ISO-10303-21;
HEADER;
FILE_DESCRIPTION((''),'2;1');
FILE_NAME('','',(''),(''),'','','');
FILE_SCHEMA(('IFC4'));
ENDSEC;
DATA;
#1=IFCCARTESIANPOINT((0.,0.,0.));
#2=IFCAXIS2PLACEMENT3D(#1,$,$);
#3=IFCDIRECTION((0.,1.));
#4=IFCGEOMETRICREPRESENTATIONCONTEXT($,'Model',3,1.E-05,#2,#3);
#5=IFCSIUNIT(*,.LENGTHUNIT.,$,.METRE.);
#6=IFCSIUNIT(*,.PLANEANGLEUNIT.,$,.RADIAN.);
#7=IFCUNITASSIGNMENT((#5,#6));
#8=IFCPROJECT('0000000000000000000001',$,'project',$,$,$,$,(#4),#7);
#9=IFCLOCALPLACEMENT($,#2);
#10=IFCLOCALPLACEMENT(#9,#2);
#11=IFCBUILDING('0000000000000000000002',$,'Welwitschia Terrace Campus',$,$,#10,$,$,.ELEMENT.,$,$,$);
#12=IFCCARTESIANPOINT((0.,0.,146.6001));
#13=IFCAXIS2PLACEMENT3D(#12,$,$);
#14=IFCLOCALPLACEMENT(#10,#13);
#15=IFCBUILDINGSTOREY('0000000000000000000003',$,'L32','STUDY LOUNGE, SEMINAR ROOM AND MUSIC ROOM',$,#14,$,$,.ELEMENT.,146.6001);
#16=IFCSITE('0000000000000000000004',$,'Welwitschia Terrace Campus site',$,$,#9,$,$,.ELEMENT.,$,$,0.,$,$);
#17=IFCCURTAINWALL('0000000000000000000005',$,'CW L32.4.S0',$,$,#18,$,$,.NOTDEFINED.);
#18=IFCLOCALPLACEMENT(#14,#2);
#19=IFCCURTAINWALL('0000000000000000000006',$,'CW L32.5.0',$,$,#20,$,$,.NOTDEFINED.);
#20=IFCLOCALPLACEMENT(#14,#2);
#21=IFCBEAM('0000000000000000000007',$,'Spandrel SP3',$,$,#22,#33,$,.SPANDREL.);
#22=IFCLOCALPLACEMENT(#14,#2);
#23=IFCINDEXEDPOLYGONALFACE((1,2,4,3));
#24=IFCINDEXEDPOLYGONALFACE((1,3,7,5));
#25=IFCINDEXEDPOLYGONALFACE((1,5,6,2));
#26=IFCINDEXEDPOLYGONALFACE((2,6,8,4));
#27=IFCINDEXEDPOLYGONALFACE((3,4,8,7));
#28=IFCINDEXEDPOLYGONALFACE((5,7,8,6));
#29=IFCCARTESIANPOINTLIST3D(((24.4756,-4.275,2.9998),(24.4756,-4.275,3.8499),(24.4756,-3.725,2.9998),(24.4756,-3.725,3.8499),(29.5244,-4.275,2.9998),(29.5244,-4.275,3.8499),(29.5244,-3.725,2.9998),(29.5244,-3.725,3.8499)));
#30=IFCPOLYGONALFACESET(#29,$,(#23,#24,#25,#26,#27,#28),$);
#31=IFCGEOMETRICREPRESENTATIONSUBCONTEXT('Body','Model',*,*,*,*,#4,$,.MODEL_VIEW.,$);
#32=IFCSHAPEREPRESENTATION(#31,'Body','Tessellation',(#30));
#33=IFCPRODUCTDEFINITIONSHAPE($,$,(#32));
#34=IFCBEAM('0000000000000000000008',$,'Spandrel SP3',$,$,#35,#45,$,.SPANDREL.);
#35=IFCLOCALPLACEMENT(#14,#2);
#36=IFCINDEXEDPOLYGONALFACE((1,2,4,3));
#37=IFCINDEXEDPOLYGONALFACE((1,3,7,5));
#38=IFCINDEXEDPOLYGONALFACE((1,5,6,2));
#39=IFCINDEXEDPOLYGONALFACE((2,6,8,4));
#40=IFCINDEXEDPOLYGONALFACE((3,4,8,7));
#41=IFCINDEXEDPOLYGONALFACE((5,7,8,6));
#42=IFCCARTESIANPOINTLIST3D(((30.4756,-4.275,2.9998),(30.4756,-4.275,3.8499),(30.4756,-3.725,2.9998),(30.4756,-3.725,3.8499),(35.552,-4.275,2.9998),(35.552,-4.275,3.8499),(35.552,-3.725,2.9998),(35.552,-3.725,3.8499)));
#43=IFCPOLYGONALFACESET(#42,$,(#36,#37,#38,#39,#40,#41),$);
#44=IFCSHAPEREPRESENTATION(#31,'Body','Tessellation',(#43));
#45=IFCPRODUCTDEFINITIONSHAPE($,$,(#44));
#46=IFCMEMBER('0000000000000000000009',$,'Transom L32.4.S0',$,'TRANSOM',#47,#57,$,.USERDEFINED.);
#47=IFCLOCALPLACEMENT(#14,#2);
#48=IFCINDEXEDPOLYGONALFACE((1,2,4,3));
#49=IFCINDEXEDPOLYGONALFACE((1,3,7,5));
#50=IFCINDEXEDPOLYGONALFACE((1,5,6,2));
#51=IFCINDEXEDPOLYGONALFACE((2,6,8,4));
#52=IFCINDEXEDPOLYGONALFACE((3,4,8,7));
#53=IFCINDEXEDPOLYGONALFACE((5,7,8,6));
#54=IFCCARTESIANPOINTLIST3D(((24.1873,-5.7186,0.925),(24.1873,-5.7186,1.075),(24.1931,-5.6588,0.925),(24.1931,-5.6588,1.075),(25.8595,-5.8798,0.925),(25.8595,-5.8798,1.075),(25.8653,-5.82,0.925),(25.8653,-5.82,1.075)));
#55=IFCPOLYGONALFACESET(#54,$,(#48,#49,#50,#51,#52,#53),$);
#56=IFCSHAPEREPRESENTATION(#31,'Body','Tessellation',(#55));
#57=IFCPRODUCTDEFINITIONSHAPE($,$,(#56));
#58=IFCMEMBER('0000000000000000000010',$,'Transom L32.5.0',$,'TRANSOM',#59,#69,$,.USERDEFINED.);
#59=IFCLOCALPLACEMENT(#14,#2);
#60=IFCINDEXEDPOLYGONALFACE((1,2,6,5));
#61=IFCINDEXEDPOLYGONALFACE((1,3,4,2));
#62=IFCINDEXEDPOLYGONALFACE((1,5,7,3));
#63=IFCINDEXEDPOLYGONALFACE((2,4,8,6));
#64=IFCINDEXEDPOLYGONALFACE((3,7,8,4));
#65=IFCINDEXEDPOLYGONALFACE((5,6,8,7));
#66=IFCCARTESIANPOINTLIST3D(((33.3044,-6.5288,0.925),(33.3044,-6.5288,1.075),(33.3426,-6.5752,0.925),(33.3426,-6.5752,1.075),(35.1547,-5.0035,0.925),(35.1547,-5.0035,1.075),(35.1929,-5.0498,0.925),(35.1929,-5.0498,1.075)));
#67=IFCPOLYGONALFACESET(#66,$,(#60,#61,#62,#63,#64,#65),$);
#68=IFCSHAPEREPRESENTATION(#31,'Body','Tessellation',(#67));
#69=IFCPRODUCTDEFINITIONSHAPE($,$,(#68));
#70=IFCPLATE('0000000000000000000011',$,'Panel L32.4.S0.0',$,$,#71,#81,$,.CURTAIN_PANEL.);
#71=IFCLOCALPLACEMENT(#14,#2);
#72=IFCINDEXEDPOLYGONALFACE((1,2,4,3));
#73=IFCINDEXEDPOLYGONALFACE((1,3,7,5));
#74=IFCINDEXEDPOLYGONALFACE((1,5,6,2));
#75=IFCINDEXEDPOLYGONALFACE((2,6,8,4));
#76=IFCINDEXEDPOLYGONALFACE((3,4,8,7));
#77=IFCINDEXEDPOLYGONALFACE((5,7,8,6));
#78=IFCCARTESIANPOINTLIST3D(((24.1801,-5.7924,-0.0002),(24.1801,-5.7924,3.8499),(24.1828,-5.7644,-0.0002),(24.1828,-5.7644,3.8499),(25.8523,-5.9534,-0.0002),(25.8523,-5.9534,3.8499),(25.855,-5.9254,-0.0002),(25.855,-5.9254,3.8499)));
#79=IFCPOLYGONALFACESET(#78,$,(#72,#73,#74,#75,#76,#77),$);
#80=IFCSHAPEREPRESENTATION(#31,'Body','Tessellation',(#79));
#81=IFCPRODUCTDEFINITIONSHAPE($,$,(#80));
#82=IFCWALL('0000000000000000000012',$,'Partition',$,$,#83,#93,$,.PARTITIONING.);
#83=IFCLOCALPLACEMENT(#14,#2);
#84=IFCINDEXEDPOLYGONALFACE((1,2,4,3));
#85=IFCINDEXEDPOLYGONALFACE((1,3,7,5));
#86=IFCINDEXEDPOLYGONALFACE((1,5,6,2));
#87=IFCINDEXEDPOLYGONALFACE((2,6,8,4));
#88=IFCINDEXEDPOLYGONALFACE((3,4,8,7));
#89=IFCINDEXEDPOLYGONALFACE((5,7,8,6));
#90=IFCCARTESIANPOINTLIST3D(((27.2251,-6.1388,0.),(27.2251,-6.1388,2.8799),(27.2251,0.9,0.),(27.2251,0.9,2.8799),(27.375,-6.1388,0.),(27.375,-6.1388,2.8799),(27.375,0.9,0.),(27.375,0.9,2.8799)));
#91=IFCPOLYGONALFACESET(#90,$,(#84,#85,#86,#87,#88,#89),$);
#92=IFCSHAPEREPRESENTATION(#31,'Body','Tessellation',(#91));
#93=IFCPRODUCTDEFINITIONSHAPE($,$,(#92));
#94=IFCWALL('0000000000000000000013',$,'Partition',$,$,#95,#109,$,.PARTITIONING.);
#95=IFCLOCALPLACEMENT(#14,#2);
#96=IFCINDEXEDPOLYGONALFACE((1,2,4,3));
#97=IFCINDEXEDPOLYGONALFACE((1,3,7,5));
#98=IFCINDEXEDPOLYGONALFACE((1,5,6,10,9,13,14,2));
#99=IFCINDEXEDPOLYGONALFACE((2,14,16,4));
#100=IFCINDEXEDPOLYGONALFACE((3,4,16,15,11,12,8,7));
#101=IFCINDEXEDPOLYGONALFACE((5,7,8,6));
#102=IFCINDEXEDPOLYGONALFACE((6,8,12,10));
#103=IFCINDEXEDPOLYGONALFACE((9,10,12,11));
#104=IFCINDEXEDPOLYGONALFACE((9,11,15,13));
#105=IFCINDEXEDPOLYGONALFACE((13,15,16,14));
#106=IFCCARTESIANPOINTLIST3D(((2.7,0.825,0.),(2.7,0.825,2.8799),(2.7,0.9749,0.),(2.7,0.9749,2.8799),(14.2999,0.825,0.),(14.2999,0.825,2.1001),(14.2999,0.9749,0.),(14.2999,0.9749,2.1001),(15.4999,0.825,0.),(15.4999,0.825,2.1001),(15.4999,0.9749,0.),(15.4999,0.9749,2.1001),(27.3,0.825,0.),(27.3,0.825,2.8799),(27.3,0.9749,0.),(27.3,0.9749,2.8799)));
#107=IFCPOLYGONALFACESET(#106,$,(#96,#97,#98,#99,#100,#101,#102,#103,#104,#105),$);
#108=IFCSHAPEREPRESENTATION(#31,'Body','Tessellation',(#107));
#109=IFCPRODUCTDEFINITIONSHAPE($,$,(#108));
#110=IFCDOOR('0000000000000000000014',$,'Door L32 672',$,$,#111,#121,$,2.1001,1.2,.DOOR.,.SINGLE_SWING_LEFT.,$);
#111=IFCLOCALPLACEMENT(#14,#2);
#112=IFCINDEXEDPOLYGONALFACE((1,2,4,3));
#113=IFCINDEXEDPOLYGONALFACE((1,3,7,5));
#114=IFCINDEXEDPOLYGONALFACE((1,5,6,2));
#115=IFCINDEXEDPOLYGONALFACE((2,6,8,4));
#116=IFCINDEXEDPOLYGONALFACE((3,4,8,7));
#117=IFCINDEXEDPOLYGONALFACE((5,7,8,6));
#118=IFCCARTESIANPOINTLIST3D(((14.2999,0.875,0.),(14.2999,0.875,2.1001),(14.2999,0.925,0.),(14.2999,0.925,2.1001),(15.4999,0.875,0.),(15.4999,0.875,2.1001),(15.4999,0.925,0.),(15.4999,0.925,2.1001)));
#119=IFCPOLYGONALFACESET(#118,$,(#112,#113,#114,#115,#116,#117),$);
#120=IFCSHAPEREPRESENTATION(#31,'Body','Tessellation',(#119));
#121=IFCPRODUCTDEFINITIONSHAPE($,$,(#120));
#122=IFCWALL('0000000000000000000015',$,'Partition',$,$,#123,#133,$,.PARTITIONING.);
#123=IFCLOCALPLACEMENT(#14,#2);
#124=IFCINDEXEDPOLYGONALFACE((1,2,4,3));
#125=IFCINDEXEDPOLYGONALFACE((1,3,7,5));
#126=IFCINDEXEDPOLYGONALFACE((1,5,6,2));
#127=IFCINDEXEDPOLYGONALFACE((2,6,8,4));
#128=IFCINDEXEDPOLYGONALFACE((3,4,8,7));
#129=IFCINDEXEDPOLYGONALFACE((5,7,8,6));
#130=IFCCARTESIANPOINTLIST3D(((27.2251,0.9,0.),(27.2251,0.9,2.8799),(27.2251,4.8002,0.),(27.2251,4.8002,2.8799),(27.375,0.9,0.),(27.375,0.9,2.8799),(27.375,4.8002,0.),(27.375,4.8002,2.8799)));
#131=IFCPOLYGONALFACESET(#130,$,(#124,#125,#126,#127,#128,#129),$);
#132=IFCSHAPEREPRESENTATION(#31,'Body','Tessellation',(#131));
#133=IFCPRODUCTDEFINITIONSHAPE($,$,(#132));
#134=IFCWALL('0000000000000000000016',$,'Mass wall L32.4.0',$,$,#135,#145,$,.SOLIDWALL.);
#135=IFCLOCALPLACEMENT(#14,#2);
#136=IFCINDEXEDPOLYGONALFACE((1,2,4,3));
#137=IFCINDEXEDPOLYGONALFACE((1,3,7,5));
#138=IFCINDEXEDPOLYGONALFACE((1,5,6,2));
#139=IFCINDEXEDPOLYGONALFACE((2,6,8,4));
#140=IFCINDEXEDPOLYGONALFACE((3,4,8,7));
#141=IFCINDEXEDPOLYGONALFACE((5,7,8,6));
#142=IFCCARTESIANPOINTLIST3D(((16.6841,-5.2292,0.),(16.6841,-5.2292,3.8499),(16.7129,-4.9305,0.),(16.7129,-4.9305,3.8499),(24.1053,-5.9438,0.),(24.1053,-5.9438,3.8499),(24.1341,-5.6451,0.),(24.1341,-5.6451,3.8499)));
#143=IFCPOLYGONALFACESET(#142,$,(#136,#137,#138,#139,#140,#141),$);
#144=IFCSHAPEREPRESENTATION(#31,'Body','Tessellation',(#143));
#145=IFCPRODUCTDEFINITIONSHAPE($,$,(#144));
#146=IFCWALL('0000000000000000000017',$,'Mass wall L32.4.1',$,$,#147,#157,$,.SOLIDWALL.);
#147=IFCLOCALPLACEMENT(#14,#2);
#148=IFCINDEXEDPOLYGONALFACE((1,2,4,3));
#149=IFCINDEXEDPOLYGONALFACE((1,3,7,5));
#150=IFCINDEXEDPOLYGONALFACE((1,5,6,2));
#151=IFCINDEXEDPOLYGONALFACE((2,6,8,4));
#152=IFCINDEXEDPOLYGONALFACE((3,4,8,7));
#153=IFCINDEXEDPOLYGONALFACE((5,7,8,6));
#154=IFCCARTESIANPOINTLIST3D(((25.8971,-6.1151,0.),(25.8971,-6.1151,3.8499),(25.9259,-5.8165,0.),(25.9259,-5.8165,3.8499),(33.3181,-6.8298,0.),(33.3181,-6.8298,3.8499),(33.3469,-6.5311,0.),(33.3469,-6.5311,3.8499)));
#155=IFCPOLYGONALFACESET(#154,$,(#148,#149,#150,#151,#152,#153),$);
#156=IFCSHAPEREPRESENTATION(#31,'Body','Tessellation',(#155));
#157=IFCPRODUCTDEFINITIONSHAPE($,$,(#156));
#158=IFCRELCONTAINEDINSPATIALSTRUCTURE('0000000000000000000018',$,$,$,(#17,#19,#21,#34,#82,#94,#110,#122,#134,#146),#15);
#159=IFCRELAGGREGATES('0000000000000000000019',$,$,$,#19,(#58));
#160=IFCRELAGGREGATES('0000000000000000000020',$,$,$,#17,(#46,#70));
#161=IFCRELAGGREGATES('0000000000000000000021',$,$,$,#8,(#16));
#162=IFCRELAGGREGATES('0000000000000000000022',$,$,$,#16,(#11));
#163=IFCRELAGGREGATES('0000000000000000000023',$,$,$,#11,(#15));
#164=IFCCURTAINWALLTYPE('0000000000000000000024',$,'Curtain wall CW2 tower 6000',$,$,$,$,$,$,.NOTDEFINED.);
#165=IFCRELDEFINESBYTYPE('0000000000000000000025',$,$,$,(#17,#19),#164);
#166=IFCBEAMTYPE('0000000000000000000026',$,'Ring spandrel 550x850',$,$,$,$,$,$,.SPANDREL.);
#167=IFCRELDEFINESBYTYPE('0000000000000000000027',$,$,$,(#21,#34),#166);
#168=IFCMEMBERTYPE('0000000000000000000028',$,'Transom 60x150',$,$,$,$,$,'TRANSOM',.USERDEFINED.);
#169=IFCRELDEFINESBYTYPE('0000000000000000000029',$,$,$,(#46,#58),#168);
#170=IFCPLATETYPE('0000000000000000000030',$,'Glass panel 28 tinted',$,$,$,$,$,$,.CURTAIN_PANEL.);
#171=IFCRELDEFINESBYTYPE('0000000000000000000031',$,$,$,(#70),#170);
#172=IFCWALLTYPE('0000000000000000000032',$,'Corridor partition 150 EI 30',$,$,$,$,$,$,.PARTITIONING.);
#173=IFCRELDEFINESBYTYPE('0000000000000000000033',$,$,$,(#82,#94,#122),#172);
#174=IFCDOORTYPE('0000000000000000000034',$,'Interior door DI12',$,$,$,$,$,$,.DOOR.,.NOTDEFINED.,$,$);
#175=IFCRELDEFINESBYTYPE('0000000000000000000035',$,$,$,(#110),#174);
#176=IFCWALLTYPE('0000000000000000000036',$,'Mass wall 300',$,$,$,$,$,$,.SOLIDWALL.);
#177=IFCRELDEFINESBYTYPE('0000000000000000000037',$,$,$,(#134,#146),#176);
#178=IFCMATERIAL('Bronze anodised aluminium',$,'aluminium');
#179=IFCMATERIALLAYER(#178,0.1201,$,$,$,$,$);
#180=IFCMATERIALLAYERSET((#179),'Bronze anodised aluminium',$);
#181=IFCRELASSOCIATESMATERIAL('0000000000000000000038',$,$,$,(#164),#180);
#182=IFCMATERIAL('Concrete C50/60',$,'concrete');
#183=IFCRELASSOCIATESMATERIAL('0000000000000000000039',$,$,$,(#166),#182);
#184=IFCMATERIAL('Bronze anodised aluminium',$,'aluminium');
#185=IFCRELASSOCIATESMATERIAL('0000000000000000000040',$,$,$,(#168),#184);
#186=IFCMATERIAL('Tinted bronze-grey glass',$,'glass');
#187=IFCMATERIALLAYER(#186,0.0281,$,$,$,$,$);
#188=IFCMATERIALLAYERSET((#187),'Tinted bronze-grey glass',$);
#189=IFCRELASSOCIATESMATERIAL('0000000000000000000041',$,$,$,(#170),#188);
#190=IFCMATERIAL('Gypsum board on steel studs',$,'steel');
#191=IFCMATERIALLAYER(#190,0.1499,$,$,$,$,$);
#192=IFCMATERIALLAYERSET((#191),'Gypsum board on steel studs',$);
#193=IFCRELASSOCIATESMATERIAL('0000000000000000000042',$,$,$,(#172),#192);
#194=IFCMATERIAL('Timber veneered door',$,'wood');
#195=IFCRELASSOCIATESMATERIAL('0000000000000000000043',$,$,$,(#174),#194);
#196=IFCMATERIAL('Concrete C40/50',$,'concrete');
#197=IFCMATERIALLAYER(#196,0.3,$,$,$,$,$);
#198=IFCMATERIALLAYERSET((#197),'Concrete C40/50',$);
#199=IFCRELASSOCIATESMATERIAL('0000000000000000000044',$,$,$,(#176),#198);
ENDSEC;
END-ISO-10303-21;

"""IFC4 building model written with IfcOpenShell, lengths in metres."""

from ifc_helpers import new_model, si_unit, direction, frame, frame_2d, origin, origin_2d, place, context, subcontext, project, spatial, rectangle, extrude, material, layer, layer_set, material_profile, profile_set, type_object, element, fill, aggregate, save


model = new_model("IFC4")

# Units and contexts
model_context = context("Model", 3, precision=1e-05, world=origin(), true_north=direction((0.0, 1.0)))
body_context = subcontext(model_context, "Body", "Model", "MODEL_VIEW")
ifc_project = project(units=[si_unit("LENGTHUNIT", "METRE"), si_unit("PLANEANGLEUNIT", "RADIAN")], contexts=[model_context])

# Site, building, storey
site_placement = place(None, origin())
site = spatial("IfcSite", under=ifc_project, at=site_placement, Name="Welwitschia Terrace Campus site", CompositionType="ELEMENT", RefElevation=0.0)
building_placement = place(site_placement, origin())
building = spatial("IfcBuilding", under=site, at=building_placement, Name="Welwitschia Terrace Campus", CompositionType="ELEMENT")
storey_placement = place(building_placement, frame((0.0, 0.0, 146.6001)))
storey = spatial("IfcBuildingStorey", under=building, at=storey_placement, Name="L32", Description="STUDY LOUNGE, SEMINAR ROOM AND MUSIC ROOM", CompositionType="ELEMENT", Elevation=146.6001)

# Curtain wall
ifc_material_1 = material(Name="Bronze anodised aluminium", Category="aluminium")
ifc_layer_1 = layer(ifc_material_1, 0.1201)
ifc_layer_set_1 = layer_set([ifc_layer_1], Name="Bronze anodised aluminium")
curtain_wall_type = type_object("IfcCurtainWallType", Name="Curtain wall CW2 tower 6000", PredefinedType="NOTDEFINED", material=ifc_layer_set_1)
curtain_wall_1_placement = place(storey_placement, origin())
curtain_wall_1 = element("IfcCurtainWall", 1, at=curtain_wall_1_placement, inside=storey, type_object=curtain_wall_type, Name="CW L32.4.S0", PredefinedType="NOTDEFINED")

# Curtain wall
curtain_wall_2_placement = place(storey_placement, origin())
curtain_wall_2 = element("IfcCurtainWall", 2, at=curtain_wall_2_placement, inside=storey, type_object=curtain_wall_type, Name="CW L32.5.0", PredefinedType="NOTDEFINED")

# Beams
ifc_material_2 = material(Name="Concrete C50/60", Category="concrete")
ifc_material_profile_1 = material_profile(ifc_material_2, rectangle(XDim=0.55, YDim=0.8501, at=origin_2d()))
ifc_profile_set_1 = profile_set([ifc_material_profile_1], Name="Concrete C50/60")
beam_type_1 = type_object("IfcBeamType", Name="Ring spandrel 550x850", PredefinedType="SPANDREL", material=ifc_profile_set_1)
for number, where, z_axis, x_axis, name in (
    (3, (24.4756, -4.0, 3.4248), (1.0, 0.0, 0.0), (0.0, 1.0, 0.0), "Spandrel SP3"),
):
    element("IfcBeam", number, at=place(storey_placement, frame(where, z_axis=z_axis, x_axis=x_axis)), inside=storey, type_object=beam_type_1, Name=name, PredefinedType="SPANDREL", context=body_context, shape_type="SweptSolid", body=[
        extrude(rectangle(XDim=0.55, YDim=0.8501, at=origin_2d()), origin(), (0.0, 0.0, 1.0), 5.0488),
    ])
beam_1_placement = place(storey_placement, frame((30.4756, -4.0, 3.4248), z_axis=(1.0, 0.0, 0.0), x_axis=(0.0, 1.0, 0.0)))
element("IfcBeam", 4, at=beam_1_placement, inside=storey, type_object=beam_type_1, Name="Spandrel SP3", PredefinedType="SPANDREL", context=body_context, shape_type="SweptSolid", body=[
    extrude(rectangle(XDim=0.55, YDim=0.8501, at=origin_2d()), origin(), (0.0, 0.0, 1.0), 5.0764),
])

# Members
ifc_material_3 = material(Name="Bronze anodised aluminium", Category="aluminium")
ifc_material_profile_2 = material_profile(ifc_material_3, rectangle(XDim=0.0601, YDim=0.1499, at=origin_2d()))
ifc_profile_set_2 = profile_set([ifc_material_profile_2], Name="Bronze anodised aluminium")
member_type_1 = type_object("IfcMemberType", Name="Transom 60x150", ElementType="TRANSOM", PredefinedType="USERDEFINED", material=ifc_profile_set_2)
member_1_placement = place(storey_placement, frame((24.1902, -5.6887, 1.0), z_axis=(0.995389, -0.09592, 0.0), x_axis=(0.09592, 0.995389, 0.0)))
member_1 = element("IfcMember", 5, at=member_1_placement, type_object=member_type_1, Name="Transom L32.4.S0", ObjectType="TRANSOM", PredefinedType="USERDEFINED", context=body_context, shape_type="SweptSolid", body=[
    extrude(rectangle(XDim=0.0601, YDim=0.1499, at=origin_2d()), origin(), (0.0, 0.0, 1.0), 1.6799),
])
member_2_placement = place(storey_placement, frame((33.3235, -6.552, 1.0), z_axis=(0.771607, 0.6361, 0.0), x_axis=(-0.6361, 0.771607, 0.0)))
member_2 = element("IfcMember", 6, at=member_2_placement, type_object=member_type_1, Name="Transom L32.5.0", ObjectType="TRANSOM", PredefinedType="USERDEFINED", context=body_context, shape_type="SweptSolid", body=[
    extrude(rectangle(XDim=0.0601, YDim=0.1499, at=origin_2d()), origin(), (0.0, 0.0, 1.0), 2.3979),
])
aggregate(curtain_wall_2, [member_2])

# Plate
ifc_material_4 = material(Name="Tinted bronze-grey glass", Category="glass")
ifc_layer_2 = layer(ifc_material_4, 0.0281)
ifc_layer_set_2 = layer_set([ifc_layer_2], Name="Tinted bronze-grey glass")
plate_type = type_object("IfcPlateType", Name="Glass panel 28 tinted", PredefinedType="CURTAIN_PANEL", material=ifc_layer_set_2)
plate_placement = place(storey_placement, frame((25.0176, -5.8589, -0.0002), z_axis=(0.0, 0.0, 1.0), x_axis=(0.995396, -0.095846, 0.0)))
plate = element("IfcPlate", 7, at=plate_placement, type_object=plate_type, Name="Panel L32.4.S0.0", PredefinedType="CURTAIN_PANEL", context=body_context, shape_type="SweptSolid", body=[
    extrude(rectangle(XDim=1.6799, YDim=0.0281, at=origin_2d()), origin(), (0.0, 0.0, 1.0), 3.8501),
])
aggregate(curtain_wall_1, [member_1, plate])

# Wall
ifc_material_5 = material(Name="Gypsum board on steel studs", Category="steel")
ifc_layer_3 = layer(ifc_material_5, 0.1499)
ifc_layer_set_3 = layer_set([ifc_layer_3], Name="Gypsum board on steel studs")
wall_type_1 = type_object("IfcWallType", Name="Corridor partition 150 EI 30", PredefinedType="PARTITIONING", material=ifc_layer_set_3)
wall_1_placement = place(storey_placement, frame((27.3, -6.1389, 0.0), z_axis=(0.0, 0.0, 1.0), x_axis=(0.0, 1.0, 0.0)))
element("IfcWall", 8, at=wall_1_placement, inside=storey, type_object=wall_type_1, Name="Partition", PredefinedType="PARTITIONING", context=body_context, shape_type="SweptSolid", body=[
    extrude(rectangle(XDim=7.0388, YDim=0.1499, at=frame_2d((3.5195, 0.0))), origin(), (0.0, 0.0, 1.0), 2.8799),
])

# Wall, opening, door
wall_2_placement = place(storey_placement, frame((27.3, 0.8999, 0.0), z_axis=(0.0, 0.0, 1.0), x_axis=(-1.0, 0.0, 0.0)))
wall_2 = element("IfcWall", 9, at=wall_2_placement, inside=storey, type_object=wall_type_1, Name="Partition", PredefinedType="PARTITIONING", context=body_context, shape_type="SweptSolid", body=[
    extrude(rectangle(XDim=24.6001, YDim=0.1499, at=frame_2d((12.3, 0.0))), origin(), (0.0, 0.0, 1.0), 2.8799),
])
opening_placement = place(wall_2_placement, frame((11.8, 0.0, 0.0)))
opening = element("IfcOpeningElement", 10, at=opening_placement, cuts=wall_2, PredefinedType="OPENING", context=body_context, shape_type="SweptSolid", body=[
    extrude(rectangle(XDim=1.2, YDim=2.1001, at=frame_2d((0.6001, 1.05))), frame((0.0, 0.085, 0.0), z_axis=(0.0, -1.0, 0.0), x_axis=(1.0, 0.0, 0.0)), (0.0, 0.0, 1.0), 0.1699),
])
ifc_material_6 = material(Name="Timber veneered door", Category="wood")
door_type = type_object("IfcDoorType", Name="Interior door DI12", OperationType="NOTDEFINED", PredefinedType="DOOR", material=ifc_material_6)
door_placement = place(opening_placement, origin())
door = element("IfcDoor", 11, at=door_placement, inside=storey, type_object=door_type, Name="Door L32 672", OperationType="SINGLE_SWING_LEFT", OverallHeight=2.1001, OverallWidth=1.2, PredefinedType="DOOR", context=body_context, shape_type="SweptSolid", body=[
    extrude(rectangle(XDim=1.2, YDim=2.1001, at=frame_2d((0.6001, 1.05))), frame((0.0, 0.0249, 0.0), z_axis=(0.0, -1.0, 0.0), x_axis=(1.0, 0.0, 0.0)), (0.0, 0.0, 1.0), 0.05),
])
fill(opening, door)

# Walls
wall_3_placement = place(storey_placement, frame((27.3, 0.8999, 0.0), z_axis=(0.0, 0.0, 1.0), x_axis=(0.0, 1.0, 0.0)))
element("IfcWall", 12, at=wall_3_placement, inside=storey, type_object=wall_type_1, Name="Partition", PredefinedType="PARTITIONING", context=body_context, shape_type="SweptSolid", body=[
    extrude(rectangle(XDim=3.9001, YDim=0.1499, at=frame_2d((1.9502, 0.0))), origin(), (0.0, 0.0, 1.0), 2.8799),
])
ifc_material_7 = material(Name="Concrete C40/50", Category="concrete")
ifc_layer_4 = layer(ifc_material_7, 0.3)
ifc_layer_set_4 = layer_set([ifc_layer_4], Name="Concrete C40/50")
wall_type_2 = type_object("IfcWallType", Name="Mass wall 300", PredefinedType="SOLIDWALL", material=ifc_layer_set_4)
wall_4_placement = place(storey_placement, frame((16.6985, -5.0798, 0.0), z_axis=(0.0, 0.0, 1.0), x_axis=(0.995396, -0.095849, 0.0)))
element("IfcWall", 13, at=wall_4_placement, inside=storey, type_object=wall_type_2, Name="Mass wall L32.4.0", PredefinedType="SOLIDWALL", context=body_context, shape_type="SweptSolid", body=[
    extrude(rectangle(XDim=7.4556, YDim=0.3, at=frame_2d((3.7278, 0.0))), origin(), (0.0, 0.0, 1.0), 3.8499),
])
wall_5_placement = place(storey_placement, frame((25.9116, -5.9658, 0.0), z_axis=(0.0, 0.0, 1.0), x_axis=(0.995396, -0.095852, 0.0)))
element("IfcWall", 14, at=wall_5_placement, inside=storey, type_object=wall_type_2, Name="Mass wall L32.4.1", PredefinedType="SOLIDWALL", context=body_context, shape_type="SweptSolid", body=[
    extrude(rectangle(XDim=7.4553, YDim=0.3, at=frame_2d((3.7275, 0.0))), origin(), (0.0, 0.0, 1.0), 3.8499),
])

save(model, "model.ifc")
